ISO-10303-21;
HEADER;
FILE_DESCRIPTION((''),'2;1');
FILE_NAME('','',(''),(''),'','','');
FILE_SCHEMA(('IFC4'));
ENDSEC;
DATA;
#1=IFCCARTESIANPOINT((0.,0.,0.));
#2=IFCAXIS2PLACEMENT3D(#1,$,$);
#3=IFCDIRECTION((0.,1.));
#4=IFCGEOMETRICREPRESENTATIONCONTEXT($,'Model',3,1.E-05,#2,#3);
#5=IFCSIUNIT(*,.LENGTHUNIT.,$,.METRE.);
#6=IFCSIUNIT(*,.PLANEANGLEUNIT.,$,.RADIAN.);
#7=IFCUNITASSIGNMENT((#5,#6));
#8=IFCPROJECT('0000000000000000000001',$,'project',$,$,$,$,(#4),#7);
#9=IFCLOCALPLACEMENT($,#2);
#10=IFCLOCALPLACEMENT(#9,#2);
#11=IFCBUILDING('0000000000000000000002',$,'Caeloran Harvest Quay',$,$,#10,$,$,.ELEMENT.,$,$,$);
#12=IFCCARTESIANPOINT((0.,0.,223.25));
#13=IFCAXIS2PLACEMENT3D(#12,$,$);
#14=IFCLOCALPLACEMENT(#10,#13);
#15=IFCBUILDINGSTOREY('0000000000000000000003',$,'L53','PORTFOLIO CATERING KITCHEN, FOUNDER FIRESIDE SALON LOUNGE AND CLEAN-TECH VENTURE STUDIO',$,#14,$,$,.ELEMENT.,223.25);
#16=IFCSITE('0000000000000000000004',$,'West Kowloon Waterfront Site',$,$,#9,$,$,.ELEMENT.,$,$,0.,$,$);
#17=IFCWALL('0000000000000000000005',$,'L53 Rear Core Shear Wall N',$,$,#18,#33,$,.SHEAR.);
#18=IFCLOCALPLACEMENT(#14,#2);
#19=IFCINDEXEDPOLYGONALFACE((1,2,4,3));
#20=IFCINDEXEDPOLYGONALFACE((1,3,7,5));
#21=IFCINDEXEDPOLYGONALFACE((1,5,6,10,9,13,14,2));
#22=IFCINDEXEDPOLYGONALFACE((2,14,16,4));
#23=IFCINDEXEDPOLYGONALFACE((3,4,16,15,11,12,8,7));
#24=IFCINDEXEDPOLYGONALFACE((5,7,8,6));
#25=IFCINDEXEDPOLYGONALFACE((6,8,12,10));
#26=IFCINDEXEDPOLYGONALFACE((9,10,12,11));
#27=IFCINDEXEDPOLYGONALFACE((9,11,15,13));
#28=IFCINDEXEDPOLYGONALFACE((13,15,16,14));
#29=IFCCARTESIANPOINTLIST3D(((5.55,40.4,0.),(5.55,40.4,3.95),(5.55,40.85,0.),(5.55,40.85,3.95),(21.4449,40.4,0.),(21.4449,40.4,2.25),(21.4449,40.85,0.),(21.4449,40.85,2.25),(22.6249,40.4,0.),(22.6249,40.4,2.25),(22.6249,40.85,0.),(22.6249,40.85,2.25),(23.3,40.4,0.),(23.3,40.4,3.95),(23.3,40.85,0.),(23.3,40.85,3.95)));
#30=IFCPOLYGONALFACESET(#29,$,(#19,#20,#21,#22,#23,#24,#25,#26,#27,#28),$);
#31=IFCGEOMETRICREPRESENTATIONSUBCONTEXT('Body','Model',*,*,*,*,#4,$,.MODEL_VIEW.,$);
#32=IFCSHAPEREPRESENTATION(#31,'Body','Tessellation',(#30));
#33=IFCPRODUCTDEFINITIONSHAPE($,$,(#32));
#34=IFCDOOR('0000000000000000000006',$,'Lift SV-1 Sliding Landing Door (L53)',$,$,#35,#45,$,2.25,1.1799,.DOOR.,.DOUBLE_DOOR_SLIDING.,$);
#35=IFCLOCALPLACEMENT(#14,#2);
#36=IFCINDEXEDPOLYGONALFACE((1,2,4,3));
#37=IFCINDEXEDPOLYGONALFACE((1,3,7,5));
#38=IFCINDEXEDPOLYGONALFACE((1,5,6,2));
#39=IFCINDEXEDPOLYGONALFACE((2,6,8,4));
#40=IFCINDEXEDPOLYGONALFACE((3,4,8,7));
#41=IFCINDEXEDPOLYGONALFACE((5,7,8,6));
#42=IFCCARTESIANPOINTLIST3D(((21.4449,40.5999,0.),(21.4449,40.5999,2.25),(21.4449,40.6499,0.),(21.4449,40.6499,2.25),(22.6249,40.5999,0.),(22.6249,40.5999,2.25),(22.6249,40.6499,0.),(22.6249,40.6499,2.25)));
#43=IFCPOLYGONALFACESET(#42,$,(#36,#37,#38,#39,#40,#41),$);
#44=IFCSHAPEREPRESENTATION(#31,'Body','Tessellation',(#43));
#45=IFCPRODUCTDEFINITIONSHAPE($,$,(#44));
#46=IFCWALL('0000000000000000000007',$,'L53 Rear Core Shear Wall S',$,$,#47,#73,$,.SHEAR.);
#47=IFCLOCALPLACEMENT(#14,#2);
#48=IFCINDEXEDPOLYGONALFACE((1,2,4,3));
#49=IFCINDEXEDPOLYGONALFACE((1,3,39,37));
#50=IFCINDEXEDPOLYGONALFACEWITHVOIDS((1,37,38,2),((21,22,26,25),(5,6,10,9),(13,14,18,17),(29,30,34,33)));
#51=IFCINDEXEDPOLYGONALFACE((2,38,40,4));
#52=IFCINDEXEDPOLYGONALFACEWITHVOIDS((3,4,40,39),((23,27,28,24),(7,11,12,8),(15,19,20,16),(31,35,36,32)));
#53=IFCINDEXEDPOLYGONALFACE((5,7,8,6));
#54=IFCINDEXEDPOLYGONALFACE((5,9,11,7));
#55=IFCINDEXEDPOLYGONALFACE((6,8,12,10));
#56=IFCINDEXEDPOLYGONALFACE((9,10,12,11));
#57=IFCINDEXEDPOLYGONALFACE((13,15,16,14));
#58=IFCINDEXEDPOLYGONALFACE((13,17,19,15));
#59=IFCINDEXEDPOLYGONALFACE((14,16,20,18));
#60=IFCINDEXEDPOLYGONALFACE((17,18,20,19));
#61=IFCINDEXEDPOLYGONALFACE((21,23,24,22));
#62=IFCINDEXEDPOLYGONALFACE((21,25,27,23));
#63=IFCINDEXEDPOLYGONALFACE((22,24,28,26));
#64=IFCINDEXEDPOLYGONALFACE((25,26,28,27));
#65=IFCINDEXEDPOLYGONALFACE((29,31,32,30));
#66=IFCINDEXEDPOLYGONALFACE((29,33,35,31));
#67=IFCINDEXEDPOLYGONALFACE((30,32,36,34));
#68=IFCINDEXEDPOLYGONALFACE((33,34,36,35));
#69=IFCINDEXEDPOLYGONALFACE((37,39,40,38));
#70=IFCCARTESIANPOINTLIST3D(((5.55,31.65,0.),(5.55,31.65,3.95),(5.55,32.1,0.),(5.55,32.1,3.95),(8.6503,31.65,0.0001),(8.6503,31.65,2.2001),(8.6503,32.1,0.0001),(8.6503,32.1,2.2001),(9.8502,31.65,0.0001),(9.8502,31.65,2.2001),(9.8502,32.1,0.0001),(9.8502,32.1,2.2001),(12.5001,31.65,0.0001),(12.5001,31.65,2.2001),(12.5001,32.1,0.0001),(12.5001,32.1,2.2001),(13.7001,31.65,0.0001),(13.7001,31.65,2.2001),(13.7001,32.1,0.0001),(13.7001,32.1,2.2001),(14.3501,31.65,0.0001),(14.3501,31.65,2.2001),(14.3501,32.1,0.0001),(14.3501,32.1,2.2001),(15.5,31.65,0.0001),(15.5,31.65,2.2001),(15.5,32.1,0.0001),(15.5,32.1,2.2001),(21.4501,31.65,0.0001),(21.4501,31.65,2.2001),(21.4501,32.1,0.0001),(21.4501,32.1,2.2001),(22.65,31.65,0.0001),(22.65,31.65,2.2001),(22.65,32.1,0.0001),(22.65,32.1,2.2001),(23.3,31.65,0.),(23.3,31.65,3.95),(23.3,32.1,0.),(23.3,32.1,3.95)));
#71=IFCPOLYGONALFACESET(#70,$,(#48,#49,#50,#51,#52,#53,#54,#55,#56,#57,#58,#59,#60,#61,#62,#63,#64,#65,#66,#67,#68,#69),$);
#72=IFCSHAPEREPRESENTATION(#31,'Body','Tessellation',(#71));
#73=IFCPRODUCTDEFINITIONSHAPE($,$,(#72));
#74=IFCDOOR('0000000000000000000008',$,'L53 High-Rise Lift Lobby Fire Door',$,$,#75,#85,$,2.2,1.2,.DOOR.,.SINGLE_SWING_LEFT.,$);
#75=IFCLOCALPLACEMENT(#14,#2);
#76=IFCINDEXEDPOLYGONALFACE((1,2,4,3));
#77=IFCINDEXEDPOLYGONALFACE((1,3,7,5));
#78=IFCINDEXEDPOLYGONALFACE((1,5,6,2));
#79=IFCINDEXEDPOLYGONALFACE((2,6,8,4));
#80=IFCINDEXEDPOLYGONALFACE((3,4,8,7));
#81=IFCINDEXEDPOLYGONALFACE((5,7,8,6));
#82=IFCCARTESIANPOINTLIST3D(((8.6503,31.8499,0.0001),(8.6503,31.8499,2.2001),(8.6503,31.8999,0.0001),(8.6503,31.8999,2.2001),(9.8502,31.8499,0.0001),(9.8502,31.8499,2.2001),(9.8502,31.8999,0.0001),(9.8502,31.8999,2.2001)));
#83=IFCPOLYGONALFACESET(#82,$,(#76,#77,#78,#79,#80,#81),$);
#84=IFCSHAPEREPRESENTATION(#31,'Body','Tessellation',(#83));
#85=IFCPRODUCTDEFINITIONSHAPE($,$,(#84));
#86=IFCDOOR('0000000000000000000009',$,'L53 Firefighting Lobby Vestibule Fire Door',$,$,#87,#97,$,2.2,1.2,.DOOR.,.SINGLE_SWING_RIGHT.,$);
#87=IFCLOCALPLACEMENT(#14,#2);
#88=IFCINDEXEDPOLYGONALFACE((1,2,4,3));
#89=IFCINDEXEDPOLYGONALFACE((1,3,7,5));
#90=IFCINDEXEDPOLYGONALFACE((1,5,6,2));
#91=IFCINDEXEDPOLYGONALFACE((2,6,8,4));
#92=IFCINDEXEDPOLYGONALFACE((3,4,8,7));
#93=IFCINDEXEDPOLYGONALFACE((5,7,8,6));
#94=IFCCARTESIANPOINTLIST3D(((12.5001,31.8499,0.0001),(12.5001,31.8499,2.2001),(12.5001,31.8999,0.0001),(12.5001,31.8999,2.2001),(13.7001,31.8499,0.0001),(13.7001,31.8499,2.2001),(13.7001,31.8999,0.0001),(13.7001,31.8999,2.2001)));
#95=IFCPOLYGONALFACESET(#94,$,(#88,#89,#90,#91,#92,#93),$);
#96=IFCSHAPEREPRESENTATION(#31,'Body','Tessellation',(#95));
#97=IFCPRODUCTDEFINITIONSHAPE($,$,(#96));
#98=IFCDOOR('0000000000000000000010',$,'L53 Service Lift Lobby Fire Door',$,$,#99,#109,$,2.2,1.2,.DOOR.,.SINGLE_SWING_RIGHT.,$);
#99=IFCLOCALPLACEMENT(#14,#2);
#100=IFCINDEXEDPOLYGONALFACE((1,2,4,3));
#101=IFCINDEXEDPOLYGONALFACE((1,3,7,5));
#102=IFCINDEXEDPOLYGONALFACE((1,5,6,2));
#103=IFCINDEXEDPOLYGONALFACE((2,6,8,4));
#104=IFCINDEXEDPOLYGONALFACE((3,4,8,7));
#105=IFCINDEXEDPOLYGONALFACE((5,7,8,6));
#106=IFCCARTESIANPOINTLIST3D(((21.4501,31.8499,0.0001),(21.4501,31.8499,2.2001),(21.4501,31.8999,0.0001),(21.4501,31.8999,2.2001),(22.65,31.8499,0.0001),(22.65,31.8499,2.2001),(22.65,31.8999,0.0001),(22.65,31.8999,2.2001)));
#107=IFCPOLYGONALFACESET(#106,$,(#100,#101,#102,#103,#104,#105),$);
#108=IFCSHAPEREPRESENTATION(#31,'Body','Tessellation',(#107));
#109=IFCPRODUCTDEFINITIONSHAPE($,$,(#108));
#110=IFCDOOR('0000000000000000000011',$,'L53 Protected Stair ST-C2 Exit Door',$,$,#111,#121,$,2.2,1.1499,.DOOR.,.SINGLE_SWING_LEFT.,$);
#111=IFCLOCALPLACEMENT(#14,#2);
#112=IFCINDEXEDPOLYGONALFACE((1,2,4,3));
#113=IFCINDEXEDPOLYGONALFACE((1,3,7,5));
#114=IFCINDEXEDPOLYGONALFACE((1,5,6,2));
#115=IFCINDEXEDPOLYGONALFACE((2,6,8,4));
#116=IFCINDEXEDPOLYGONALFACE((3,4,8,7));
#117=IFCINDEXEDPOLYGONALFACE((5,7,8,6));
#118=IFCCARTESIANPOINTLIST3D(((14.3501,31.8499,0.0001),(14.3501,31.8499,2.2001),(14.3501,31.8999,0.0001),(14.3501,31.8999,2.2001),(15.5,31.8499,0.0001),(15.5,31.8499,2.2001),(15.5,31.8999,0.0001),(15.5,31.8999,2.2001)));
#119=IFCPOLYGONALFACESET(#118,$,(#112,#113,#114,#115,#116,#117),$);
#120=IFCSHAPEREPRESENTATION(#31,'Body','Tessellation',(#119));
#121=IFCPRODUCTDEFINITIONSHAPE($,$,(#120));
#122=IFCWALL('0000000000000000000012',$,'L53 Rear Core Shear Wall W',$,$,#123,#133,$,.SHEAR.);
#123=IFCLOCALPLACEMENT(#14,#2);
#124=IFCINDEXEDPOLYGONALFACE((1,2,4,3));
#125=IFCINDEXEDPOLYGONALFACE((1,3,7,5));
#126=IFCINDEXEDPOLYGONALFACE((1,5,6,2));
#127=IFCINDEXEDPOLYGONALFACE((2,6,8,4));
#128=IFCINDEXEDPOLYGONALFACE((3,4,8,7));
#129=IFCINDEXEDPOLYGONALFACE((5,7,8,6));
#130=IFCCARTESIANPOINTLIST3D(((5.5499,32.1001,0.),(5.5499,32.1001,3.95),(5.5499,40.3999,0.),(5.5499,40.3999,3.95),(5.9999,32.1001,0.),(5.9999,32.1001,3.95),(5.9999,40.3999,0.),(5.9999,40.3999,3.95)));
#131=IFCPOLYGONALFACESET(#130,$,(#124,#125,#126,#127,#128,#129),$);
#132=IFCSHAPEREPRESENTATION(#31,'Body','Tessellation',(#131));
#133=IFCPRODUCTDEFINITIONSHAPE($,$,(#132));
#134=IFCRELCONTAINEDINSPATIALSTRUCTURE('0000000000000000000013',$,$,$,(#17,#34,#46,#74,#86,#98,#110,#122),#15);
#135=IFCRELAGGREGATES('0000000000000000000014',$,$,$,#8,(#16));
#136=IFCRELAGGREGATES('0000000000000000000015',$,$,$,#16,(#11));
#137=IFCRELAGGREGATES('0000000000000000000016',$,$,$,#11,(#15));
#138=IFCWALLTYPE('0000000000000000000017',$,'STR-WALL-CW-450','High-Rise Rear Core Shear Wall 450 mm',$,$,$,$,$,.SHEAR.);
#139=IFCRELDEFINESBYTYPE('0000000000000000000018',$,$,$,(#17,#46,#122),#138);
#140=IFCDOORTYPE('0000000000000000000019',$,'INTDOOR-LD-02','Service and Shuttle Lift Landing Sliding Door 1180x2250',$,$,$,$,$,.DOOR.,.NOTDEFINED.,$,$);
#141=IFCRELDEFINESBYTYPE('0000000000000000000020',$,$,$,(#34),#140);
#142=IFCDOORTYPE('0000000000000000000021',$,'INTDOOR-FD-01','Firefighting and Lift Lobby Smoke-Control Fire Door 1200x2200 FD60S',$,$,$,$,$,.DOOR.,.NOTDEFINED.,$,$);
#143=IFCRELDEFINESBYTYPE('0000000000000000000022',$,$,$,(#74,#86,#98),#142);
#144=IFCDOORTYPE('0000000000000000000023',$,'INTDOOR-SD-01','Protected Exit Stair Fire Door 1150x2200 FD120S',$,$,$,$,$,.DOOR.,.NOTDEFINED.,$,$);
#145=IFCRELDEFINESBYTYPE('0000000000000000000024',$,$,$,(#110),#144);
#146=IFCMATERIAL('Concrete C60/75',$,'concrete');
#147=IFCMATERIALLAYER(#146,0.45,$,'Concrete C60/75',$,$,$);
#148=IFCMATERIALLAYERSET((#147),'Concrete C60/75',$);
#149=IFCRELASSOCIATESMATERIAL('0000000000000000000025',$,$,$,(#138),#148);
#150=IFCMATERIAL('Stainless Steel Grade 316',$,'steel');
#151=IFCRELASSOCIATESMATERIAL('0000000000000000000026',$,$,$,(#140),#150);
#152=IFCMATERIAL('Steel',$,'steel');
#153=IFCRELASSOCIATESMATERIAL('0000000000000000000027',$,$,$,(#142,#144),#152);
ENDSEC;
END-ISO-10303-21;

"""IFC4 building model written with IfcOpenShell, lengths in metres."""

from ifc_helpers import new_model, si_unit, direction, frame, frame_2d, origin, place, context, subcontext, project, spatial, rectangle, extrude, material, layer, layer_set, type_object, element, fill, save


model = new_model("IFC4")

# Units and contexts
model_context = context("Model", 3, precision=1e-05, world=origin(), true_north=direction((0.0, 1.0)))
body_context = subcontext(model_context, "Body", "Model", "MODEL_VIEW")
ifc_project = project(units=[si_unit("LENGTHUNIT", "METRE"), si_unit("PLANEANGLEUNIT", "RADIAN")], contexts=[model_context])

# Site, building, storey
site_placement = place(None, origin())
site = spatial("IfcSite", under=ifc_project, at=site_placement, Name="West Kowloon Waterfront Site", CompositionType="ELEMENT", RefElevation=0.0)
building_placement = place(site_placement, origin())
building = spatial("IfcBuilding", under=site, at=building_placement, Name="Caeloran Harvest Quay", CompositionType="ELEMENT")
storey_placement = place(building_placement, frame((0.0, 0.0, 223.25)))
storey = spatial("IfcBuildingStorey", under=building, at=storey_placement, Name="L53", Description="PORTFOLIO CATERING KITCHEN, FOUNDER FIRESIDE SALON LOUNGE AND CLEAN-TECH VENTURE STUDIO", CompositionType="ELEMENT", Elevation=223.25)

# Shared definitions
ifc_material_1 = material(Name="Concrete C60/75", Category="concrete")

# Shared definitions
ifc_material_2 = material(Name="Stainless Steel Grade 316", Category="steel")

# Wall, opening, door
ifc_layer_1 = layer(ifc_material_1, 0.45, Name="Concrete C60/75")
ifc_layer_set_1 = layer_set([ifc_layer_1], Name="Concrete C60/75")
wall_type_1 = type_object("IfcWallType", Name="STR-WALL-CW-450", Description="High-Rise Rear Core Shear Wall 450 mm", PredefinedType="SHEAR", material=ifc_layer_set_1)
wall_1_placement = place(storey_placement, frame((5.55, 40.625, 0.0), z_axis=(0.0, 0.0, 1.0), x_axis=(1.0, 0.0, 0.0)))
wall_1 = element("IfcWall", 1, at=wall_1_placement, inside=storey, type_object=wall_type_1, Name="L53 Rear Core Shear Wall N", PredefinedType="SHEAR", context=body_context, shape_type="SweptSolid", body=[
    extrude(rectangle(XDim=17.75, YDim=0.45, at=frame_2d((8.875, 0.0))), origin(), (0.0, 0.0, 1.0), 3.95),
])
opening_1_placement = place(wall_1_placement, frame((15.895, 0.0, 0.0)))
opening_1 = element("IfcOpeningElement", 2, at=opening_1_placement, cuts=wall_1, PredefinedType="OPENING", context=body_context, shape_type="SweptSolid", body=[
    extrude(rectangle(XDim=1.1799, YDim=2.25, at=frame_2d((0.5898, 1.125))), frame((0.0, 0.2349, 0.0), z_axis=(0.0, -1.0, 0.0), x_axis=(1.0, 0.0, 0.0)), (0.0, 0.0, 1.0), 0.47),
])
door_type_1 = type_object("IfcDoorType", Name="INTDOOR-LD-02", Description="Service and Shuttle Lift Landing Sliding Door 1180x2250", OperationType="NOTDEFINED", PredefinedType="DOOR", material=ifc_material_2)
door_1_placement = place(opening_1_placement, origin())
door_1 = element("IfcDoor", 3, at=door_1_placement, inside=storey, type_object=door_type_1, Name="Lift SV-1 Sliding Landing Door (L53)", OperationType="DOUBLE_DOOR_SLIDING", OverallHeight=2.25, OverallWidth=1.1799, PredefinedType="DOOR", context=body_context, shape_type="SweptSolid", body=[
    extrude(rectangle(XDim=1.1799, YDim=2.25, at=frame_2d((0.5898, 1.125))), frame((0.0, 0.0249, 0.0), z_axis=(0.0, -1.0, 0.0), x_axis=(1.0, 0.0, 0.0)), (0.0, 0.0, 1.0), 0.05),
])
fill(opening_1, door_1)

# Wall, openings, doors
wall_2_placement = place(storey_placement, frame((5.55, 31.875, 0.0), z_axis=(0.0, 0.0, 1.0), x_axis=(1.0, 0.0, 0.0)))
wall_2 = element("IfcWall", 4, at=wall_2_placement, inside=storey, type_object=wall_type_1, Name="L53 Rear Core Shear Wall S", PredefinedType="SHEAR", context=body_context, shape_type="SweptSolid", body=[
    extrude(rectangle(XDim=17.75, YDim=0.45, at=frame_2d((8.875, 0.0))), origin(), (0.0, 0.0, 1.0), 3.95),
])
opening_2_placement = place(wall_2_placement, frame((3.1001, 0.0, 0.0)))
opening_2 = element("IfcOpeningElement", 5, at=opening_2_placement, cuts=wall_2, PredefinedType="OPENING", context=body_context, shape_type="SweptSolid", body=[
    extrude(rectangle(XDim=1.2, YDim=2.2, at=frame_2d((0.6001, 1.1001))), frame((0.0, 0.2349, 0.0), z_axis=(0.0, -1.0, 0.0), x_axis=(1.0, 0.0, 0.0)), (0.0, 0.0, 1.0), 0.47),
])
opening_3_placement = place(wall_2_placement, frame((6.95, 0.0, 0.0)))
opening_3 = element("IfcOpeningElement", 6, at=opening_3_placement, cuts=wall_2, PredefinedType="OPENING", context=body_context, shape_type="SweptSolid", body=[
    extrude(rectangle(XDim=1.2, YDim=2.2, at=frame_2d((0.6001, 1.1001))), frame((0.0, 0.2349, 0.0), z_axis=(0.0, -1.0, 0.0), x_axis=(1.0, 0.0, 0.0)), (0.0, 0.0, 1.0), 0.47),
])
opening_4_placement = place(wall_2_placement, frame((8.8, 0.0, 0.0)))
opening_4 = element("IfcOpeningElement", 7, at=opening_4_placement, cuts=wall_2, PredefinedType="OPENING", context=body_context, shape_type="SweptSolid", body=[
    extrude(rectangle(XDim=1.1499, YDim=2.2, at=frame_2d((0.575, 1.1001))), frame((0.0, 0.2349, 0.0), z_axis=(0.0, -1.0, 0.0), x_axis=(1.0, 0.0, 0.0)), (0.0, 0.0, 1.0), 0.47),
])
opening_5_placement = place(wall_2_placement, frame((15.8999, 0.0, 0.0)))
opening_5 = element("IfcOpeningElement", 8, at=opening_5_placement, cuts=wall_2, PredefinedType="OPENING", context=body_context, shape_type="SweptSolid", body=[
    extrude(rectangle(XDim=1.2, YDim=2.2, at=frame_2d((0.6001, 1.1001))), frame((0.0, 0.2349, 0.0), z_axis=(0.0, -1.0, 0.0), x_axis=(1.0, 0.0, 0.0)), (0.0, 0.0, 1.0), 0.47),
])
ifc_material_3 = material(Name="Steel", Category="steel")
door_type_2 = type_object("IfcDoorType", Name="INTDOOR-FD-01", Description="Firefighting and Lift Lobby Smoke-Control Fire Door 1200x2200 FD60S", OperationType="NOTDEFINED", PredefinedType="DOOR", material=ifc_material_3)
door_2_placement = place(opening_2_placement, origin())
door_2 = element("IfcDoor", 9, at=door_2_placement, inside=storey, type_object=door_type_2, Name="L53 High-Rise Lift Lobby Fire Door", OperationType="SINGLE_SWING_LEFT", OverallHeight=2.2, OverallWidth=1.2, PredefinedType="DOOR", context=body_context, shape_type="SweptSolid", body=[
    extrude(rectangle(XDim=1.2, YDim=2.2, at=frame_2d((0.6001, 1.1001))), frame((0.0, 0.0249, 0.0), z_axis=(0.0, -1.0, 0.0), x_axis=(1.0, 0.0, 0.0)), (0.0, 0.0, 1.0), 0.05),
])
fill(opening_2, door_2)
door_3_placement = place(opening_3_placement, origin())
door_3 = element("IfcDoor", 10, at=door_3_placement, inside=storey, type_object=door_type_2, Name="L53 Firefighting Lobby Vestibule Fire Door", OperationType="SINGLE_SWING_RIGHT", OverallHeight=2.2, OverallWidth=1.2, PredefinedType="DOOR", context=body_context, shape_type="SweptSolid", body=[
    extrude(rectangle(XDim=1.2, YDim=2.2, at=frame_2d((0.6001, 1.1001))), frame((0.0, 0.0249, 0.0), z_axis=(0.0, -1.0, 0.0), x_axis=(1.0, 0.0, 0.0)), (0.0, 0.0, 1.0), 0.05),
])
fill(opening_3, door_3)
door_4_placement = place(opening_5_placement, origin())
door_4 = element("IfcDoor", 11, at=door_4_placement, inside=storey, type_object=door_type_2, Name="L53 Service Lift Lobby Fire Door", OperationType="SINGLE_SWING_RIGHT", OverallHeight=2.2, OverallWidth=1.2, PredefinedType="DOOR", context=body_context, shape_type="SweptSolid", body=[
    extrude(rectangle(XDim=1.2, YDim=2.2, at=frame_2d((0.6001, 1.1001))), frame((0.0, 0.0249, 0.0), z_axis=(0.0, -1.0, 0.0), x_axis=(1.0, 0.0, 0.0)), (0.0, 0.0, 1.0), 0.05),
])
fill(opening_5, door_4)
door_type_3 = type_object("IfcDoorType", Name="INTDOOR-SD-01", Description="Protected Exit Stair Fire Door 1150x2200 FD120S", OperationType="NOTDEFINED", PredefinedType="DOOR", material=ifc_material_3)
door_5_placement = place(opening_4_placement, origin())
door_5 = element("IfcDoor", 12, at=door_5_placement, inside=storey, type_object=door_type_3, Name="L53 Protected Stair ST-C2 Exit Door", OperationType="SINGLE_SWING_LEFT", OverallHeight=2.2, OverallWidth=1.1499, PredefinedType="DOOR", context=body_context, shape_type="SweptSolid", body=[
    extrude(rectangle(XDim=1.1499, YDim=2.2, at=frame_2d((0.575, 1.1001))), frame((0.0, 0.0249, 0.0), z_axis=(0.0, -1.0, 0.0), x_axis=(1.0, 0.0, 0.0)), (0.0, 0.0, 1.0), 0.05),
])
fill(opening_4, door_5)

# Wall
wall_3_placement = place(storey_placement, frame((5.7749, 32.1001, 0.0), z_axis=(0.0, 0.0, 1.0), x_axis=(0.0, 1.0, 0.0)))
element("IfcWall", 13, at=wall_3_placement, inside=storey, type_object=wall_type_1, Name="L53 Rear Core Shear Wall W", PredefinedType="SHEAR", context=body_context, shape_type="SweptSolid", body=[
    extrude(rectangle(XDim=8.2998, YDim=0.45, at=frame_2d((4.1499, 0.0))), origin(), (0.0, 0.0, 1.0), 3.95),
])

save(model, "model.ifc")
